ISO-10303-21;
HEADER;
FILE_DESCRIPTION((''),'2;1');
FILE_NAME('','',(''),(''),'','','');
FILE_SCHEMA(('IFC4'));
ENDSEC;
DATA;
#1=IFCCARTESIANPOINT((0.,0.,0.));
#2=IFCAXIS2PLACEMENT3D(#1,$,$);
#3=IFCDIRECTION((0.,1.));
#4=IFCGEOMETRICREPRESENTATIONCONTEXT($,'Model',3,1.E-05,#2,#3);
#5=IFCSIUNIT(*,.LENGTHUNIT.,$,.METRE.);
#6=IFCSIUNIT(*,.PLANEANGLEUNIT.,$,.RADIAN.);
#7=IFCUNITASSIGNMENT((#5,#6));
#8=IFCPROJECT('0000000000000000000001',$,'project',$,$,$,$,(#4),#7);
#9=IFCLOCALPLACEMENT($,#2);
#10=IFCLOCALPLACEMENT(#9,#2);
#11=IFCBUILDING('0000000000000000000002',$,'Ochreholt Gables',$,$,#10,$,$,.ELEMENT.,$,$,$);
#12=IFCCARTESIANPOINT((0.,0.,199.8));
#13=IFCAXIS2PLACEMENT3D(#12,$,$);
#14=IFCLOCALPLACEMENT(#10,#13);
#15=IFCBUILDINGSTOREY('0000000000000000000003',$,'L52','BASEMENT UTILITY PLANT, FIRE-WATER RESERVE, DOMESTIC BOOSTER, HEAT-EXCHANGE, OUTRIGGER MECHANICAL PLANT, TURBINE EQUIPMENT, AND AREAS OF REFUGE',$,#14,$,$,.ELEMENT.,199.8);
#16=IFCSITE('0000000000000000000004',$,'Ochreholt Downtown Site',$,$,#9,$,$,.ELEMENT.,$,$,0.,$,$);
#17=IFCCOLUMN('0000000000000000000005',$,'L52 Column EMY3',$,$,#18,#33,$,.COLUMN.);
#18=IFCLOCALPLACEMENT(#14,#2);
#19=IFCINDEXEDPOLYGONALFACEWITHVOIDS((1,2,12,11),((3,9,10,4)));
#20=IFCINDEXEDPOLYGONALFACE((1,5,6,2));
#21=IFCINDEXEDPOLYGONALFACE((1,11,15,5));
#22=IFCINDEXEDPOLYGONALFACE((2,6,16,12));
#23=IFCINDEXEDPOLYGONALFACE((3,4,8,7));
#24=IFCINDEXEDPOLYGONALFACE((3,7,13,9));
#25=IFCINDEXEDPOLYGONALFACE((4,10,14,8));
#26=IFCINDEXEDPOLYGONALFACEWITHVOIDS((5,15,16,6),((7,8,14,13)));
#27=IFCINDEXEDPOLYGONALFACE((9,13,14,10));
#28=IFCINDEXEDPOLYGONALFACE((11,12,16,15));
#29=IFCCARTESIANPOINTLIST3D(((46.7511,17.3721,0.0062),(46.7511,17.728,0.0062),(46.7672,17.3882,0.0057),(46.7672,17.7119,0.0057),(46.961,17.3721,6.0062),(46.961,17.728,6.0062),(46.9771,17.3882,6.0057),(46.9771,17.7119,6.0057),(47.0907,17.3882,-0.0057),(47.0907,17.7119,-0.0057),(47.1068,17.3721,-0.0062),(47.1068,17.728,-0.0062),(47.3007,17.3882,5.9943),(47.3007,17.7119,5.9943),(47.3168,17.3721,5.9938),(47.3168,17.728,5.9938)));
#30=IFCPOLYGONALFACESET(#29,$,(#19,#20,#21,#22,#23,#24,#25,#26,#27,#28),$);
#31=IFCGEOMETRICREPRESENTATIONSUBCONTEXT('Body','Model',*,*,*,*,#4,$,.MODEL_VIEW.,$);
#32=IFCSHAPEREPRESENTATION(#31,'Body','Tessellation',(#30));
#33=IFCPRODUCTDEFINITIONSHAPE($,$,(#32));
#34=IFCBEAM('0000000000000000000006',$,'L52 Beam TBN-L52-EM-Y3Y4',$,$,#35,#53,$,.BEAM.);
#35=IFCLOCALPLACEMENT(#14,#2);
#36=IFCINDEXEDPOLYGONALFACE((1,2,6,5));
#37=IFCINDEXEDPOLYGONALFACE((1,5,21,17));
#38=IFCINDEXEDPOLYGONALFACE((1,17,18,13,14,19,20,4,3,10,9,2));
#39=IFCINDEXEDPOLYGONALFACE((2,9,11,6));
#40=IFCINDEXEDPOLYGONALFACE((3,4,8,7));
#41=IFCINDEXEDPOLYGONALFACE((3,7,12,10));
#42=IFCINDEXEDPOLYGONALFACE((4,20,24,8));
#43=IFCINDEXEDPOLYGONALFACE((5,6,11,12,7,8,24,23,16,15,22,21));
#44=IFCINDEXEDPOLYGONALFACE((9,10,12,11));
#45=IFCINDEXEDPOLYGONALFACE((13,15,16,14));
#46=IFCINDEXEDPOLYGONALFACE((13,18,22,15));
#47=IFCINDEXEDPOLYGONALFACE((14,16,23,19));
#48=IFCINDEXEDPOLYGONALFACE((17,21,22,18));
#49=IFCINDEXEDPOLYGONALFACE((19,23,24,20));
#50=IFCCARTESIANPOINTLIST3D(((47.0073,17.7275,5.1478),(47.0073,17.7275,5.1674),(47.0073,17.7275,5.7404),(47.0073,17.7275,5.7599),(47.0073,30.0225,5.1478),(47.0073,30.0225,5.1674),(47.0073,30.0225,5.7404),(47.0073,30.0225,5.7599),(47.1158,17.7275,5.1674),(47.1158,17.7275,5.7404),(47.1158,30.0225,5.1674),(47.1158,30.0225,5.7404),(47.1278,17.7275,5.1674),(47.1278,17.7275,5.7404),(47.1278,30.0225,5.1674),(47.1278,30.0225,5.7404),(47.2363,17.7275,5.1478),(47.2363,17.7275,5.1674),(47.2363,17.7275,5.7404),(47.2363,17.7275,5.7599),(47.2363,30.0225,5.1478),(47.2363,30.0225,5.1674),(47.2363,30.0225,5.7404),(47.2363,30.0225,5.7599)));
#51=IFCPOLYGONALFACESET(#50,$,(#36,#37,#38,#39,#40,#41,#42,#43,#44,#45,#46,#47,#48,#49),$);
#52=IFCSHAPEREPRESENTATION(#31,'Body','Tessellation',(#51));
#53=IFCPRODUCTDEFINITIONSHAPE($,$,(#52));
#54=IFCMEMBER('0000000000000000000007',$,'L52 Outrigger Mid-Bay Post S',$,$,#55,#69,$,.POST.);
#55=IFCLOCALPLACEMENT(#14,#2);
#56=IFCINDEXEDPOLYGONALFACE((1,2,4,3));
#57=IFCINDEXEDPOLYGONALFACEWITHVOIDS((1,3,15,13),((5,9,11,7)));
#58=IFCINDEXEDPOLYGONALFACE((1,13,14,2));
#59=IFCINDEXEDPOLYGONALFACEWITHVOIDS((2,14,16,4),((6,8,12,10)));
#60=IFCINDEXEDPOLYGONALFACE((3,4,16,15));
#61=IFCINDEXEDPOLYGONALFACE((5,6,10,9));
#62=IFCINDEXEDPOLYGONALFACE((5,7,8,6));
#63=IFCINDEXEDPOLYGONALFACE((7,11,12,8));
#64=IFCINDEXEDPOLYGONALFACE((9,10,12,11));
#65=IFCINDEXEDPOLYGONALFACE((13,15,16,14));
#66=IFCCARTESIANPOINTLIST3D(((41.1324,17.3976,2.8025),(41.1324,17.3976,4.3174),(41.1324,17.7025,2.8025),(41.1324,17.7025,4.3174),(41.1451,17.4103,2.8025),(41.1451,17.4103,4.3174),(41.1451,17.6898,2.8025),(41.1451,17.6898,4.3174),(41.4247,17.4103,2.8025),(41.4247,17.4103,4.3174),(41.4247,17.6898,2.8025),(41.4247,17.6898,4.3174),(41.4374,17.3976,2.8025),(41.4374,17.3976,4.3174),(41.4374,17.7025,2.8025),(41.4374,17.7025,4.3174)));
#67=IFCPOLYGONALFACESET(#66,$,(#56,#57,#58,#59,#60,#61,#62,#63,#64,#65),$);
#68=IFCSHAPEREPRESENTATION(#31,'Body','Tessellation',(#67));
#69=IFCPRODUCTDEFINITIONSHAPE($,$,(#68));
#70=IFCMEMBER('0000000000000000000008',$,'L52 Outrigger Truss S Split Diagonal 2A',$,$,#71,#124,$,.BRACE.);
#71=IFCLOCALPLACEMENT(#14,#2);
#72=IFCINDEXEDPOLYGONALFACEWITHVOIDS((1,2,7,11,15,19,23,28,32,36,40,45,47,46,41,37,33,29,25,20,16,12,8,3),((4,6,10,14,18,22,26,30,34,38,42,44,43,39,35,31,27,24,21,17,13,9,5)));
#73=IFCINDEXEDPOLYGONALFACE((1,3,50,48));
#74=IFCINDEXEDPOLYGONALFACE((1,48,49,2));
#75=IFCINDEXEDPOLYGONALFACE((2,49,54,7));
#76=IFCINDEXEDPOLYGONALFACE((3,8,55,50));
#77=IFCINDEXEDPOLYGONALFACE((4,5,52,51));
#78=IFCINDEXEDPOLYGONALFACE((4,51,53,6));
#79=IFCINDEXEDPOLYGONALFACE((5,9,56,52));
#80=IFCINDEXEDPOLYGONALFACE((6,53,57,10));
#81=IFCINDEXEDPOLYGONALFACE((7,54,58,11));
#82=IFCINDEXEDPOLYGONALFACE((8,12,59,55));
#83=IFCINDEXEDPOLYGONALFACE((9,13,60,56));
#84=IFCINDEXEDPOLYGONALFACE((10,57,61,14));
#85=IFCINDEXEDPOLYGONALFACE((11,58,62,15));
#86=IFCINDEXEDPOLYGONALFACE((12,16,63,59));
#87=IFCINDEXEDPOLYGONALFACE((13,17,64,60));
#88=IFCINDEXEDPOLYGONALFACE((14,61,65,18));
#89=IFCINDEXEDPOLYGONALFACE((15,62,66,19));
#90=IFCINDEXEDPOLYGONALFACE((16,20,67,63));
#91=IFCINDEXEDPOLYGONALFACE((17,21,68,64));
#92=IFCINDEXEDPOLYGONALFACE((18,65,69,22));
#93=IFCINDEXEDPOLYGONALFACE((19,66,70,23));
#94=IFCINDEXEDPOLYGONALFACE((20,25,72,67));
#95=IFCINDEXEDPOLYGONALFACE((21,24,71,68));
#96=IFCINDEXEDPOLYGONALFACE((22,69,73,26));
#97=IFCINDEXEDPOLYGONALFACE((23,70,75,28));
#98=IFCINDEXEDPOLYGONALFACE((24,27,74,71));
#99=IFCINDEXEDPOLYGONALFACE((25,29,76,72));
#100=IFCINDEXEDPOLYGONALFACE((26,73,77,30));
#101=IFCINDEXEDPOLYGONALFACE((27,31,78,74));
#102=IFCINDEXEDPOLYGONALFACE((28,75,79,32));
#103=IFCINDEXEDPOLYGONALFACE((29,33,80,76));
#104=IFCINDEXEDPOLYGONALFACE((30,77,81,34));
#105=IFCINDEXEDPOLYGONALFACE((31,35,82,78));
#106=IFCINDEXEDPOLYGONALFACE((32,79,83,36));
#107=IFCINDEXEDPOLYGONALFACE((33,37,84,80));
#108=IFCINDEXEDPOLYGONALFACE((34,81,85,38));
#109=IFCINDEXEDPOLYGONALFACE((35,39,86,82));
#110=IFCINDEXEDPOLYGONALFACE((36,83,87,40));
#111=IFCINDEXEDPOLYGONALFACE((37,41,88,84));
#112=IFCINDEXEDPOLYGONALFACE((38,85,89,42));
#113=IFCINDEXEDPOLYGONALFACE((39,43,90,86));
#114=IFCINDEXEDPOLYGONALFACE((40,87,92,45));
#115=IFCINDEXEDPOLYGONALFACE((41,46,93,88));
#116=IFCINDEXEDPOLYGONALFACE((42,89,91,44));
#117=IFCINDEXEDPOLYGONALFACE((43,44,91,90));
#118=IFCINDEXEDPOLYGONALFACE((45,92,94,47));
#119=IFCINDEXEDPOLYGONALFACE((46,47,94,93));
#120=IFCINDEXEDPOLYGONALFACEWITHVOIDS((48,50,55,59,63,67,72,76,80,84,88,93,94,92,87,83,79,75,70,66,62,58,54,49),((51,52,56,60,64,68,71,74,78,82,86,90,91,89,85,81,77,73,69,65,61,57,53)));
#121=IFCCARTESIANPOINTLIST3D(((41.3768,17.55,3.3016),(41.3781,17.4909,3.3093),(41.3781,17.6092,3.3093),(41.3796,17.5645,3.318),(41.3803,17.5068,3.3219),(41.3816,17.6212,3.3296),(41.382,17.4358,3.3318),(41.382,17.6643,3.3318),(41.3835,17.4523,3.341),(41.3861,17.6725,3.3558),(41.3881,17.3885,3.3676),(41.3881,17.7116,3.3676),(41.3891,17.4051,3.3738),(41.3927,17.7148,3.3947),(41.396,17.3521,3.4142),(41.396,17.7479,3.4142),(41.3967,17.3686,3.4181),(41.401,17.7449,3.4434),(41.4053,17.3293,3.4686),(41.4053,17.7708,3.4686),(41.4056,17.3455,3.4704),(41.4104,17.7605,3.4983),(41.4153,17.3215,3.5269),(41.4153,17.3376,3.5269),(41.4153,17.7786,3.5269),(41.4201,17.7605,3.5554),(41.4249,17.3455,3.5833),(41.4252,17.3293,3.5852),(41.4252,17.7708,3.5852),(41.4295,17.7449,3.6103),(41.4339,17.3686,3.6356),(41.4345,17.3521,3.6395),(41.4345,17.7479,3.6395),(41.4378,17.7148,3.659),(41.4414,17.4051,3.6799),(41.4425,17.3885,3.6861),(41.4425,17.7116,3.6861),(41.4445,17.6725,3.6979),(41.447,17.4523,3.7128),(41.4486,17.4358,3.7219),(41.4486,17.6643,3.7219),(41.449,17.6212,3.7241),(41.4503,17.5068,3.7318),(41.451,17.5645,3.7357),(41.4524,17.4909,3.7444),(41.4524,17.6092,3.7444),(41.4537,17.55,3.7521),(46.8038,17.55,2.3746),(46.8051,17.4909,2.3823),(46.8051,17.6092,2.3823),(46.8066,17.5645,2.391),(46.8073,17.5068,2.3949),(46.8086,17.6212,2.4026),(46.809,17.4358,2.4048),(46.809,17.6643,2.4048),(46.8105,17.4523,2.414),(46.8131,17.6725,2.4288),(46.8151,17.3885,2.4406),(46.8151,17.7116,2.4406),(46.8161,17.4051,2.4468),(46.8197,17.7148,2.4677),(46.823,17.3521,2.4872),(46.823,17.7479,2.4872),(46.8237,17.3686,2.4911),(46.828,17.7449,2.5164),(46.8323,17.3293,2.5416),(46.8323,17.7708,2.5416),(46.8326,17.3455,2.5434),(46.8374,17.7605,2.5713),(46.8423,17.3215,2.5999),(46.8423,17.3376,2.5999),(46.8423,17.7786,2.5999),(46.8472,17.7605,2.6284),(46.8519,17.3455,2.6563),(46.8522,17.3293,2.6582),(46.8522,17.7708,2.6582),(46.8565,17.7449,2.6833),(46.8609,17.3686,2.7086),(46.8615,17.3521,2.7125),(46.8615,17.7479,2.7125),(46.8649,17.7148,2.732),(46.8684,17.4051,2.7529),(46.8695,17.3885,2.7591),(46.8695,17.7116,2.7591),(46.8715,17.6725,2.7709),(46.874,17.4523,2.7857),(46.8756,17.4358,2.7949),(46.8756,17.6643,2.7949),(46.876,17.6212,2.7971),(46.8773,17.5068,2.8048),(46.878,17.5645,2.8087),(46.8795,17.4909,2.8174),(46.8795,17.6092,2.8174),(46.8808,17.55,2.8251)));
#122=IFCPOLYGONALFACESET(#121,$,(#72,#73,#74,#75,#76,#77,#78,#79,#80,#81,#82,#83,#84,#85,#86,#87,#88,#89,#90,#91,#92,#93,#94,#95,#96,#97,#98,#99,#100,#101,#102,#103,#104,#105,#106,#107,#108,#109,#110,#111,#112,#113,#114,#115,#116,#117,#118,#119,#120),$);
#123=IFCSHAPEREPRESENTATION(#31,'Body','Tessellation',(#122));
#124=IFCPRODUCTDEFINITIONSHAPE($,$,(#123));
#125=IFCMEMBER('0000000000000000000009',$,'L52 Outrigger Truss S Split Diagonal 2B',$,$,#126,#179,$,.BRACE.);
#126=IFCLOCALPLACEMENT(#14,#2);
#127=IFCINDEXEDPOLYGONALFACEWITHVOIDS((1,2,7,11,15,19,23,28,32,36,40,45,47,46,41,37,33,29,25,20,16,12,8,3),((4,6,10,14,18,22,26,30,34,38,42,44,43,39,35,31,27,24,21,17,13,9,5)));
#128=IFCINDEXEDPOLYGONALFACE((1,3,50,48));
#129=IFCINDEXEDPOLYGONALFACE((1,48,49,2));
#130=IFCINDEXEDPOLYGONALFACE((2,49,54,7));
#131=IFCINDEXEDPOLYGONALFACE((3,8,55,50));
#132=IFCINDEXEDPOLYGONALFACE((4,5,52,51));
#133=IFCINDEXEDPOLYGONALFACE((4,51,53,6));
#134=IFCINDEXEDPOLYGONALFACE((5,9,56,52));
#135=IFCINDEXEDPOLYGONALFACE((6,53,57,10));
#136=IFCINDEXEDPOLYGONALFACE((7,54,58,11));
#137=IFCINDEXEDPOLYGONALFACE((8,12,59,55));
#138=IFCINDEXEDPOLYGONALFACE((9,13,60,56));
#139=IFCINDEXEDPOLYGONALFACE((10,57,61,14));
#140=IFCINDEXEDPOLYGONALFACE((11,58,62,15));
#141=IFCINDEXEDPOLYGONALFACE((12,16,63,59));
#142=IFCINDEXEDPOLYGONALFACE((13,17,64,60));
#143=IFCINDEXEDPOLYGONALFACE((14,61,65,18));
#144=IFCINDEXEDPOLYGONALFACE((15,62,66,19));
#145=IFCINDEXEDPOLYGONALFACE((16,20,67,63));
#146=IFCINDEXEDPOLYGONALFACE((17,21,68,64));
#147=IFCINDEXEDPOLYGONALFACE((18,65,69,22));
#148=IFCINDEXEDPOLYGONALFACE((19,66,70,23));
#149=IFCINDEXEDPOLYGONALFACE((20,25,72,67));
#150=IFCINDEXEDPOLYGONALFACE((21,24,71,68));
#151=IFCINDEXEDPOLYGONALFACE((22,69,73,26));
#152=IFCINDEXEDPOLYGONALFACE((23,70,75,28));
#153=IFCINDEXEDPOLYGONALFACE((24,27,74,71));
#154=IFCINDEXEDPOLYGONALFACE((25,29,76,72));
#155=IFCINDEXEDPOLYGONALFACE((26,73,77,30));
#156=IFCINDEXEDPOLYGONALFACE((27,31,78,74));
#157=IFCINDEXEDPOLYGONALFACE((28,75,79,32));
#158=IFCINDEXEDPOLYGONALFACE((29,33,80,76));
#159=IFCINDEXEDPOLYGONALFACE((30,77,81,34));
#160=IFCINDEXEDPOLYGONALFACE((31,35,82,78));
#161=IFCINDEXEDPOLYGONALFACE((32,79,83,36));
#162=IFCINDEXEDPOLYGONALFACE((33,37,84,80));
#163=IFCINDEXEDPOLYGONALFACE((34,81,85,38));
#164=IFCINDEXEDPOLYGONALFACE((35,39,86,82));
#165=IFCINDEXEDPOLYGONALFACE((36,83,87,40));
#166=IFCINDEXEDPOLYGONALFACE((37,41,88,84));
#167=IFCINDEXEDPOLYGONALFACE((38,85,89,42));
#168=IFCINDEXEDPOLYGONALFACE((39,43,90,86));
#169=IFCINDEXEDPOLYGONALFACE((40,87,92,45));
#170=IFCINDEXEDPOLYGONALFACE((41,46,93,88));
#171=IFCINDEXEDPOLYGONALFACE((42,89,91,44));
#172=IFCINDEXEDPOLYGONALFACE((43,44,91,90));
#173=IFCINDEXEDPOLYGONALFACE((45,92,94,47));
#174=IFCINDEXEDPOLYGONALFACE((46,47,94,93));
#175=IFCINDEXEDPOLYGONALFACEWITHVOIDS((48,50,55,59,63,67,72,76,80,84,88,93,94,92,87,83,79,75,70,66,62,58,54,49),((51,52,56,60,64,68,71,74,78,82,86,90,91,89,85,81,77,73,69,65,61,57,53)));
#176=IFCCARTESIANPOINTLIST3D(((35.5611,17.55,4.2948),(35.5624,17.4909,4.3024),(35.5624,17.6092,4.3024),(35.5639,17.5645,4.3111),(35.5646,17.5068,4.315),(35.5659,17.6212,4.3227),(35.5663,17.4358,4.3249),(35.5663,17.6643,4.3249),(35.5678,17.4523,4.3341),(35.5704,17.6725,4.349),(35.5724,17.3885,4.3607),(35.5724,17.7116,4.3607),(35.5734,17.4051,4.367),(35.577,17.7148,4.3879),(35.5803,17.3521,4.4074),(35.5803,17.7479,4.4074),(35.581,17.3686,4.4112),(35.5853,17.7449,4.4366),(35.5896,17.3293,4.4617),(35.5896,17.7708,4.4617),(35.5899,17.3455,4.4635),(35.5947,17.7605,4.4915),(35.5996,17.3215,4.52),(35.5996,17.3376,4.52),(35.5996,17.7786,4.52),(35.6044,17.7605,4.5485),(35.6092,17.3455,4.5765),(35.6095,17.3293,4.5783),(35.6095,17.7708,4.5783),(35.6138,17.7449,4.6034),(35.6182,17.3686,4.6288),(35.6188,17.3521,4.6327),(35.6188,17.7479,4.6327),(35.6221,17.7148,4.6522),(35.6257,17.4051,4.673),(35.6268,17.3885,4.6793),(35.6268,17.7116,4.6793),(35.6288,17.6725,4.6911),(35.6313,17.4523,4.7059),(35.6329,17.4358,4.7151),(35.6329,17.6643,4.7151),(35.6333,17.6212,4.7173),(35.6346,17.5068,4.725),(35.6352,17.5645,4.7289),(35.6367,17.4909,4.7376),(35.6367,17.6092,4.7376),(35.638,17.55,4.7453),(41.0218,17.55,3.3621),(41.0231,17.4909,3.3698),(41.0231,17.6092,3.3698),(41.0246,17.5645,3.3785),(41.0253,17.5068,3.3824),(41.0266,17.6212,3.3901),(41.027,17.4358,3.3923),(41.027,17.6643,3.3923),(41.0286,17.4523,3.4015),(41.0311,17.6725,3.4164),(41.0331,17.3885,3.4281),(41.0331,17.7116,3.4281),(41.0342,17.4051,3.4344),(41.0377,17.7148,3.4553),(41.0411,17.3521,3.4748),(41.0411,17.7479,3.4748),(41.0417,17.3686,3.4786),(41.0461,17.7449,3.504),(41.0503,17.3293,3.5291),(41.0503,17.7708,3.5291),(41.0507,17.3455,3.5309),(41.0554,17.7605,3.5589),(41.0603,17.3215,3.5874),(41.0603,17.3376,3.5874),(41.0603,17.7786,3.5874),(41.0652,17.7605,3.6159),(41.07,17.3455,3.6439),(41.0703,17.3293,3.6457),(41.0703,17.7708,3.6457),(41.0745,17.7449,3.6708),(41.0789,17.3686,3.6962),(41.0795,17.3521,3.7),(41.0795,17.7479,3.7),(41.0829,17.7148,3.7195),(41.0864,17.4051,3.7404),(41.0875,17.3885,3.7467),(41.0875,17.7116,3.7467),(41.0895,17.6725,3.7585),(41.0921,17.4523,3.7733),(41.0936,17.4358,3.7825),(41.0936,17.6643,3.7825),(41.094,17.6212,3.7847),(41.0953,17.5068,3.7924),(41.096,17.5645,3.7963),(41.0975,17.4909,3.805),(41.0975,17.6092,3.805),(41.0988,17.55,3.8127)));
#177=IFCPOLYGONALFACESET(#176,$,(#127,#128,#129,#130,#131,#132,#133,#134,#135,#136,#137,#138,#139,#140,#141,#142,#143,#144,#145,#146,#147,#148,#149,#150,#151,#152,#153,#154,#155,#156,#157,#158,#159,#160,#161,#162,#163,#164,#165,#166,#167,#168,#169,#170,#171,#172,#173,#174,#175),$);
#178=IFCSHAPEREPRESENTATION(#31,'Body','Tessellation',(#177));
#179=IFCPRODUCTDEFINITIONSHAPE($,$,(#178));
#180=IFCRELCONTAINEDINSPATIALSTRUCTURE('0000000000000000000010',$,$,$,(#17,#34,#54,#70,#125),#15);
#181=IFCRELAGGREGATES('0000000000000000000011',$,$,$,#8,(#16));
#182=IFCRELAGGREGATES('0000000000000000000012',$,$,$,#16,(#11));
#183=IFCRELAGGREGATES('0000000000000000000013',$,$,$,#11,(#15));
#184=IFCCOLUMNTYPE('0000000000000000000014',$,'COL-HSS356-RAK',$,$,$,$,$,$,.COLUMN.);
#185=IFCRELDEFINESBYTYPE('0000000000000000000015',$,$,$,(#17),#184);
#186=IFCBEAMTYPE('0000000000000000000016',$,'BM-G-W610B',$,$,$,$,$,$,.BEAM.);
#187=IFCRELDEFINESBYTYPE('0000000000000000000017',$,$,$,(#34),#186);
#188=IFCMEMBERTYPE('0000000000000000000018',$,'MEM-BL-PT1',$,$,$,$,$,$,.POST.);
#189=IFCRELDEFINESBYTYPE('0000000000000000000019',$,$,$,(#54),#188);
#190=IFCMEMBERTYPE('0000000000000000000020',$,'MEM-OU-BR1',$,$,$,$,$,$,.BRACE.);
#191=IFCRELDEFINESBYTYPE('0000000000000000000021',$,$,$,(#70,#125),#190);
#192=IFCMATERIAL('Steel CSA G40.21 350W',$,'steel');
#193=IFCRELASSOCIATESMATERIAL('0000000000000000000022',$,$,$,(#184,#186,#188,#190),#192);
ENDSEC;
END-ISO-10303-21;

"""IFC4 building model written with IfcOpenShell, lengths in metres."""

from ifc_helpers import new_model, si_unit, direction, frame, origin, origin_2d, place, context, subcontext, project, spatial, hollow_rectangle, hollow_circle, i_section, extrude, material, material_profile, profile_set, type_object, element, save


model = new_model("IFC4")

# Units and contexts
model_context = context("Model", 3, precision=1e-05, world=origin(), true_north=direction((0.0, 1.0)))
body_context = subcontext(model_context, "Body", "Model", "MODEL_VIEW")
ifc_project = project(units=[si_unit("LENGTHUNIT", "METRE"), si_unit("PLANEANGLEUNIT", "RADIAN")], contexts=[model_context])

# Site, building, storey
site_placement = place(None, origin())
site = spatial("IfcSite", under=ifc_project, at=site_placement, Name="Ochreholt Downtown Site", CompositionType="ELEMENT", RefElevation=0.0)
building_placement = place(site_placement, origin())
building = spatial("IfcBuilding", under=site, at=building_placement, Name="Ochreholt Gables", CompositionType="ELEMENT")
storey_placement = place(building_placement, frame((0.0, 0.0, 199.8)))
storey = spatial("IfcBuildingStorey", under=building, at=storey_placement, Name="L52", Description="BASEMENT UTILITY PLANT, FIRE-WATER RESERVE, DOMESTIC BOOSTER, HEAT-EXCHANGE, OUTRIGGER MECHANICAL PLANT, TURBINE EQUIPMENT, AND AREAS OF REFUGE", CompositionType="ELEMENT", Elevation=199.8)

# Column
ifc_material_1 = material(Name="Steel CSA G40.21 350W", Category="steel")
ifc_material_profile_1 = material_profile(ifc_material_1, hollow_rectangle(XDim=0.356, YDim=0.356, WallThickness=0.0161, at=origin_2d()), Name="HSS356X356X16")
ifc_profile_set_1 = profile_set([ifc_material_profile_1], Name="Steel CSA G40.21 350W")
column_type = type_object("IfcColumnType", Name="COL-HSS356-RAK", PredefinedType="COLUMN", material=ifc_profile_set_1)
column_placement = place(storey_placement, frame((46.929, 17.55, 0.0), z_axis=(0.034972, 0.0, 0.999388), x_axis=(0.0, 1.0, 0.0)))
element("IfcColumn", 1, at=column_placement, inside=storey, type_object=column_type, Name="L52 Column EMY3", PredefinedType="COLUMN", context=body_context, shape_type="SweptSolid", body=[
    extrude(hollow_rectangle(XDim=0.356, YDim=0.356, WallThickness=0.0161, at=origin_2d()), origin(), (0.0, 0.0, 1.0), 6.0037),
])

# Beam
ifc_material_profile_2 = material_profile(ifc_material_1, i_section(OverallWidth=0.229, OverallDepth=0.6121, WebThickness=0.012, FlangeThickness=0.0195, at=origin_2d()), Name="W610X125")
ifc_profile_set_2 = profile_set([ifc_material_profile_2], Name="Steel CSA G40.21 350W")
beam_type = type_object("IfcBeamType", Name="BM-G-W610B", PredefinedType="BEAM", material=ifc_profile_set_2)
beam_placement = place(storey_placement, frame((47.1218, 17.7275, 5.4539), z_axis=(0.0, 1.0, 0.0), x_axis=(-1.0, 0.0, 0.0)))
element("IfcBeam", 2, at=beam_placement, inside=storey, type_object=beam_type, Name="L52 Beam TBN-L52-EM-Y3Y4", PredefinedType="BEAM", context=body_context, shape_type="SweptSolid", body=[
    extrude(i_section(OverallWidth=0.229, OverallDepth=0.6121, WebThickness=0.012, FlangeThickness=0.0195, at=origin_2d()), origin(), (0.0, 0.0, 1.0), 12.2949),
])

# Members
ifc_material_profile_3 = material_profile(ifc_material_1, hollow_rectangle(XDim=0.3049, YDim=0.3049, WallThickness=0.0127, at=origin_2d()), Name="HSS305X305X13")
ifc_profile_set_3 = profile_set([ifc_material_profile_3], Name="Steel CSA G40.21 350W")
member_type_1 = type_object("IfcMemberType", Name="MEM-BL-PT1", PredefinedType="POST", material=ifc_profile_set_3)
member_1_placement = place(storey_placement, frame((41.2849, 17.55, 2.8025), z_axis=(0.0, 0.0, 1.0), x_axis=(1.0, 0.0, 0.0)))
element("IfcMember", 3, at=member_1_placement, inside=storey, type_object=member_type_1, Name="L52 Outrigger Mid-Bay Post S", PredefinedType="POST", context=body_context, shape_type="SweptSolid", body=[
    extrude(hollow_rectangle(XDim=0.3049, YDim=0.3049, WallThickness=0.0127, at=origin_2d()), origin(), (0.0, 0.0, 1.0), 1.5149),
])
ifc_material_profile_4 = material_profile(ifc_material_1, hollow_circle(Radius=0.2285, WallThickness=0.0161, at=origin_2d()), Name="CHS457X16")
ifc_profile_set_4 = profile_set([ifc_material_profile_4], Name="Steel CSA G40.21 350W")
member_type_2 = type_object("IfcMemberType", Name="MEM-OU-BR1", PredefinedType="BRACE", material=ifc_profile_set_4)
member_2_placement = place(storey_placement, frame((46.8423, 17.55, 2.5999), z_axis=(-0.985723, 0.0, 0.168374), x_axis=(0.0, -1.0, 0.0)))
element("IfcMember", 4, at=member_2_placement, inside=storey, type_object=member_type_2, Name="L52 Outrigger Truss S Split Diagonal 2A", PredefinedType="BRACE", context=body_context, shape_type="SweptSolid", body=[
    extrude(hollow_circle(Radius=0.2285, WallThickness=0.0161, at=origin_2d()), origin(), (0.0, 0.0, 1.0), 5.5056),
])
member_3_placement = place(storey_placement, frame((41.0603, 17.55, 3.5874), z_axis=(-0.985727, 0.0, 0.16835), x_axis=(0.0, -1.0, 0.0)))
element("IfcMember", 5, at=member_3_placement, inside=storey, type_object=member_type_2, Name="L52 Outrigger Truss S Split Diagonal 2B", PredefinedType="BRACE", context=body_context, shape_type="SweptSolid", body=[
    extrude(hollow_circle(Radius=0.2285, WallThickness=0.0161, at=origin_2d()), origin(), (0.0, 0.0, 1.0), 5.5398),
])

save(model, "model.ifc")
